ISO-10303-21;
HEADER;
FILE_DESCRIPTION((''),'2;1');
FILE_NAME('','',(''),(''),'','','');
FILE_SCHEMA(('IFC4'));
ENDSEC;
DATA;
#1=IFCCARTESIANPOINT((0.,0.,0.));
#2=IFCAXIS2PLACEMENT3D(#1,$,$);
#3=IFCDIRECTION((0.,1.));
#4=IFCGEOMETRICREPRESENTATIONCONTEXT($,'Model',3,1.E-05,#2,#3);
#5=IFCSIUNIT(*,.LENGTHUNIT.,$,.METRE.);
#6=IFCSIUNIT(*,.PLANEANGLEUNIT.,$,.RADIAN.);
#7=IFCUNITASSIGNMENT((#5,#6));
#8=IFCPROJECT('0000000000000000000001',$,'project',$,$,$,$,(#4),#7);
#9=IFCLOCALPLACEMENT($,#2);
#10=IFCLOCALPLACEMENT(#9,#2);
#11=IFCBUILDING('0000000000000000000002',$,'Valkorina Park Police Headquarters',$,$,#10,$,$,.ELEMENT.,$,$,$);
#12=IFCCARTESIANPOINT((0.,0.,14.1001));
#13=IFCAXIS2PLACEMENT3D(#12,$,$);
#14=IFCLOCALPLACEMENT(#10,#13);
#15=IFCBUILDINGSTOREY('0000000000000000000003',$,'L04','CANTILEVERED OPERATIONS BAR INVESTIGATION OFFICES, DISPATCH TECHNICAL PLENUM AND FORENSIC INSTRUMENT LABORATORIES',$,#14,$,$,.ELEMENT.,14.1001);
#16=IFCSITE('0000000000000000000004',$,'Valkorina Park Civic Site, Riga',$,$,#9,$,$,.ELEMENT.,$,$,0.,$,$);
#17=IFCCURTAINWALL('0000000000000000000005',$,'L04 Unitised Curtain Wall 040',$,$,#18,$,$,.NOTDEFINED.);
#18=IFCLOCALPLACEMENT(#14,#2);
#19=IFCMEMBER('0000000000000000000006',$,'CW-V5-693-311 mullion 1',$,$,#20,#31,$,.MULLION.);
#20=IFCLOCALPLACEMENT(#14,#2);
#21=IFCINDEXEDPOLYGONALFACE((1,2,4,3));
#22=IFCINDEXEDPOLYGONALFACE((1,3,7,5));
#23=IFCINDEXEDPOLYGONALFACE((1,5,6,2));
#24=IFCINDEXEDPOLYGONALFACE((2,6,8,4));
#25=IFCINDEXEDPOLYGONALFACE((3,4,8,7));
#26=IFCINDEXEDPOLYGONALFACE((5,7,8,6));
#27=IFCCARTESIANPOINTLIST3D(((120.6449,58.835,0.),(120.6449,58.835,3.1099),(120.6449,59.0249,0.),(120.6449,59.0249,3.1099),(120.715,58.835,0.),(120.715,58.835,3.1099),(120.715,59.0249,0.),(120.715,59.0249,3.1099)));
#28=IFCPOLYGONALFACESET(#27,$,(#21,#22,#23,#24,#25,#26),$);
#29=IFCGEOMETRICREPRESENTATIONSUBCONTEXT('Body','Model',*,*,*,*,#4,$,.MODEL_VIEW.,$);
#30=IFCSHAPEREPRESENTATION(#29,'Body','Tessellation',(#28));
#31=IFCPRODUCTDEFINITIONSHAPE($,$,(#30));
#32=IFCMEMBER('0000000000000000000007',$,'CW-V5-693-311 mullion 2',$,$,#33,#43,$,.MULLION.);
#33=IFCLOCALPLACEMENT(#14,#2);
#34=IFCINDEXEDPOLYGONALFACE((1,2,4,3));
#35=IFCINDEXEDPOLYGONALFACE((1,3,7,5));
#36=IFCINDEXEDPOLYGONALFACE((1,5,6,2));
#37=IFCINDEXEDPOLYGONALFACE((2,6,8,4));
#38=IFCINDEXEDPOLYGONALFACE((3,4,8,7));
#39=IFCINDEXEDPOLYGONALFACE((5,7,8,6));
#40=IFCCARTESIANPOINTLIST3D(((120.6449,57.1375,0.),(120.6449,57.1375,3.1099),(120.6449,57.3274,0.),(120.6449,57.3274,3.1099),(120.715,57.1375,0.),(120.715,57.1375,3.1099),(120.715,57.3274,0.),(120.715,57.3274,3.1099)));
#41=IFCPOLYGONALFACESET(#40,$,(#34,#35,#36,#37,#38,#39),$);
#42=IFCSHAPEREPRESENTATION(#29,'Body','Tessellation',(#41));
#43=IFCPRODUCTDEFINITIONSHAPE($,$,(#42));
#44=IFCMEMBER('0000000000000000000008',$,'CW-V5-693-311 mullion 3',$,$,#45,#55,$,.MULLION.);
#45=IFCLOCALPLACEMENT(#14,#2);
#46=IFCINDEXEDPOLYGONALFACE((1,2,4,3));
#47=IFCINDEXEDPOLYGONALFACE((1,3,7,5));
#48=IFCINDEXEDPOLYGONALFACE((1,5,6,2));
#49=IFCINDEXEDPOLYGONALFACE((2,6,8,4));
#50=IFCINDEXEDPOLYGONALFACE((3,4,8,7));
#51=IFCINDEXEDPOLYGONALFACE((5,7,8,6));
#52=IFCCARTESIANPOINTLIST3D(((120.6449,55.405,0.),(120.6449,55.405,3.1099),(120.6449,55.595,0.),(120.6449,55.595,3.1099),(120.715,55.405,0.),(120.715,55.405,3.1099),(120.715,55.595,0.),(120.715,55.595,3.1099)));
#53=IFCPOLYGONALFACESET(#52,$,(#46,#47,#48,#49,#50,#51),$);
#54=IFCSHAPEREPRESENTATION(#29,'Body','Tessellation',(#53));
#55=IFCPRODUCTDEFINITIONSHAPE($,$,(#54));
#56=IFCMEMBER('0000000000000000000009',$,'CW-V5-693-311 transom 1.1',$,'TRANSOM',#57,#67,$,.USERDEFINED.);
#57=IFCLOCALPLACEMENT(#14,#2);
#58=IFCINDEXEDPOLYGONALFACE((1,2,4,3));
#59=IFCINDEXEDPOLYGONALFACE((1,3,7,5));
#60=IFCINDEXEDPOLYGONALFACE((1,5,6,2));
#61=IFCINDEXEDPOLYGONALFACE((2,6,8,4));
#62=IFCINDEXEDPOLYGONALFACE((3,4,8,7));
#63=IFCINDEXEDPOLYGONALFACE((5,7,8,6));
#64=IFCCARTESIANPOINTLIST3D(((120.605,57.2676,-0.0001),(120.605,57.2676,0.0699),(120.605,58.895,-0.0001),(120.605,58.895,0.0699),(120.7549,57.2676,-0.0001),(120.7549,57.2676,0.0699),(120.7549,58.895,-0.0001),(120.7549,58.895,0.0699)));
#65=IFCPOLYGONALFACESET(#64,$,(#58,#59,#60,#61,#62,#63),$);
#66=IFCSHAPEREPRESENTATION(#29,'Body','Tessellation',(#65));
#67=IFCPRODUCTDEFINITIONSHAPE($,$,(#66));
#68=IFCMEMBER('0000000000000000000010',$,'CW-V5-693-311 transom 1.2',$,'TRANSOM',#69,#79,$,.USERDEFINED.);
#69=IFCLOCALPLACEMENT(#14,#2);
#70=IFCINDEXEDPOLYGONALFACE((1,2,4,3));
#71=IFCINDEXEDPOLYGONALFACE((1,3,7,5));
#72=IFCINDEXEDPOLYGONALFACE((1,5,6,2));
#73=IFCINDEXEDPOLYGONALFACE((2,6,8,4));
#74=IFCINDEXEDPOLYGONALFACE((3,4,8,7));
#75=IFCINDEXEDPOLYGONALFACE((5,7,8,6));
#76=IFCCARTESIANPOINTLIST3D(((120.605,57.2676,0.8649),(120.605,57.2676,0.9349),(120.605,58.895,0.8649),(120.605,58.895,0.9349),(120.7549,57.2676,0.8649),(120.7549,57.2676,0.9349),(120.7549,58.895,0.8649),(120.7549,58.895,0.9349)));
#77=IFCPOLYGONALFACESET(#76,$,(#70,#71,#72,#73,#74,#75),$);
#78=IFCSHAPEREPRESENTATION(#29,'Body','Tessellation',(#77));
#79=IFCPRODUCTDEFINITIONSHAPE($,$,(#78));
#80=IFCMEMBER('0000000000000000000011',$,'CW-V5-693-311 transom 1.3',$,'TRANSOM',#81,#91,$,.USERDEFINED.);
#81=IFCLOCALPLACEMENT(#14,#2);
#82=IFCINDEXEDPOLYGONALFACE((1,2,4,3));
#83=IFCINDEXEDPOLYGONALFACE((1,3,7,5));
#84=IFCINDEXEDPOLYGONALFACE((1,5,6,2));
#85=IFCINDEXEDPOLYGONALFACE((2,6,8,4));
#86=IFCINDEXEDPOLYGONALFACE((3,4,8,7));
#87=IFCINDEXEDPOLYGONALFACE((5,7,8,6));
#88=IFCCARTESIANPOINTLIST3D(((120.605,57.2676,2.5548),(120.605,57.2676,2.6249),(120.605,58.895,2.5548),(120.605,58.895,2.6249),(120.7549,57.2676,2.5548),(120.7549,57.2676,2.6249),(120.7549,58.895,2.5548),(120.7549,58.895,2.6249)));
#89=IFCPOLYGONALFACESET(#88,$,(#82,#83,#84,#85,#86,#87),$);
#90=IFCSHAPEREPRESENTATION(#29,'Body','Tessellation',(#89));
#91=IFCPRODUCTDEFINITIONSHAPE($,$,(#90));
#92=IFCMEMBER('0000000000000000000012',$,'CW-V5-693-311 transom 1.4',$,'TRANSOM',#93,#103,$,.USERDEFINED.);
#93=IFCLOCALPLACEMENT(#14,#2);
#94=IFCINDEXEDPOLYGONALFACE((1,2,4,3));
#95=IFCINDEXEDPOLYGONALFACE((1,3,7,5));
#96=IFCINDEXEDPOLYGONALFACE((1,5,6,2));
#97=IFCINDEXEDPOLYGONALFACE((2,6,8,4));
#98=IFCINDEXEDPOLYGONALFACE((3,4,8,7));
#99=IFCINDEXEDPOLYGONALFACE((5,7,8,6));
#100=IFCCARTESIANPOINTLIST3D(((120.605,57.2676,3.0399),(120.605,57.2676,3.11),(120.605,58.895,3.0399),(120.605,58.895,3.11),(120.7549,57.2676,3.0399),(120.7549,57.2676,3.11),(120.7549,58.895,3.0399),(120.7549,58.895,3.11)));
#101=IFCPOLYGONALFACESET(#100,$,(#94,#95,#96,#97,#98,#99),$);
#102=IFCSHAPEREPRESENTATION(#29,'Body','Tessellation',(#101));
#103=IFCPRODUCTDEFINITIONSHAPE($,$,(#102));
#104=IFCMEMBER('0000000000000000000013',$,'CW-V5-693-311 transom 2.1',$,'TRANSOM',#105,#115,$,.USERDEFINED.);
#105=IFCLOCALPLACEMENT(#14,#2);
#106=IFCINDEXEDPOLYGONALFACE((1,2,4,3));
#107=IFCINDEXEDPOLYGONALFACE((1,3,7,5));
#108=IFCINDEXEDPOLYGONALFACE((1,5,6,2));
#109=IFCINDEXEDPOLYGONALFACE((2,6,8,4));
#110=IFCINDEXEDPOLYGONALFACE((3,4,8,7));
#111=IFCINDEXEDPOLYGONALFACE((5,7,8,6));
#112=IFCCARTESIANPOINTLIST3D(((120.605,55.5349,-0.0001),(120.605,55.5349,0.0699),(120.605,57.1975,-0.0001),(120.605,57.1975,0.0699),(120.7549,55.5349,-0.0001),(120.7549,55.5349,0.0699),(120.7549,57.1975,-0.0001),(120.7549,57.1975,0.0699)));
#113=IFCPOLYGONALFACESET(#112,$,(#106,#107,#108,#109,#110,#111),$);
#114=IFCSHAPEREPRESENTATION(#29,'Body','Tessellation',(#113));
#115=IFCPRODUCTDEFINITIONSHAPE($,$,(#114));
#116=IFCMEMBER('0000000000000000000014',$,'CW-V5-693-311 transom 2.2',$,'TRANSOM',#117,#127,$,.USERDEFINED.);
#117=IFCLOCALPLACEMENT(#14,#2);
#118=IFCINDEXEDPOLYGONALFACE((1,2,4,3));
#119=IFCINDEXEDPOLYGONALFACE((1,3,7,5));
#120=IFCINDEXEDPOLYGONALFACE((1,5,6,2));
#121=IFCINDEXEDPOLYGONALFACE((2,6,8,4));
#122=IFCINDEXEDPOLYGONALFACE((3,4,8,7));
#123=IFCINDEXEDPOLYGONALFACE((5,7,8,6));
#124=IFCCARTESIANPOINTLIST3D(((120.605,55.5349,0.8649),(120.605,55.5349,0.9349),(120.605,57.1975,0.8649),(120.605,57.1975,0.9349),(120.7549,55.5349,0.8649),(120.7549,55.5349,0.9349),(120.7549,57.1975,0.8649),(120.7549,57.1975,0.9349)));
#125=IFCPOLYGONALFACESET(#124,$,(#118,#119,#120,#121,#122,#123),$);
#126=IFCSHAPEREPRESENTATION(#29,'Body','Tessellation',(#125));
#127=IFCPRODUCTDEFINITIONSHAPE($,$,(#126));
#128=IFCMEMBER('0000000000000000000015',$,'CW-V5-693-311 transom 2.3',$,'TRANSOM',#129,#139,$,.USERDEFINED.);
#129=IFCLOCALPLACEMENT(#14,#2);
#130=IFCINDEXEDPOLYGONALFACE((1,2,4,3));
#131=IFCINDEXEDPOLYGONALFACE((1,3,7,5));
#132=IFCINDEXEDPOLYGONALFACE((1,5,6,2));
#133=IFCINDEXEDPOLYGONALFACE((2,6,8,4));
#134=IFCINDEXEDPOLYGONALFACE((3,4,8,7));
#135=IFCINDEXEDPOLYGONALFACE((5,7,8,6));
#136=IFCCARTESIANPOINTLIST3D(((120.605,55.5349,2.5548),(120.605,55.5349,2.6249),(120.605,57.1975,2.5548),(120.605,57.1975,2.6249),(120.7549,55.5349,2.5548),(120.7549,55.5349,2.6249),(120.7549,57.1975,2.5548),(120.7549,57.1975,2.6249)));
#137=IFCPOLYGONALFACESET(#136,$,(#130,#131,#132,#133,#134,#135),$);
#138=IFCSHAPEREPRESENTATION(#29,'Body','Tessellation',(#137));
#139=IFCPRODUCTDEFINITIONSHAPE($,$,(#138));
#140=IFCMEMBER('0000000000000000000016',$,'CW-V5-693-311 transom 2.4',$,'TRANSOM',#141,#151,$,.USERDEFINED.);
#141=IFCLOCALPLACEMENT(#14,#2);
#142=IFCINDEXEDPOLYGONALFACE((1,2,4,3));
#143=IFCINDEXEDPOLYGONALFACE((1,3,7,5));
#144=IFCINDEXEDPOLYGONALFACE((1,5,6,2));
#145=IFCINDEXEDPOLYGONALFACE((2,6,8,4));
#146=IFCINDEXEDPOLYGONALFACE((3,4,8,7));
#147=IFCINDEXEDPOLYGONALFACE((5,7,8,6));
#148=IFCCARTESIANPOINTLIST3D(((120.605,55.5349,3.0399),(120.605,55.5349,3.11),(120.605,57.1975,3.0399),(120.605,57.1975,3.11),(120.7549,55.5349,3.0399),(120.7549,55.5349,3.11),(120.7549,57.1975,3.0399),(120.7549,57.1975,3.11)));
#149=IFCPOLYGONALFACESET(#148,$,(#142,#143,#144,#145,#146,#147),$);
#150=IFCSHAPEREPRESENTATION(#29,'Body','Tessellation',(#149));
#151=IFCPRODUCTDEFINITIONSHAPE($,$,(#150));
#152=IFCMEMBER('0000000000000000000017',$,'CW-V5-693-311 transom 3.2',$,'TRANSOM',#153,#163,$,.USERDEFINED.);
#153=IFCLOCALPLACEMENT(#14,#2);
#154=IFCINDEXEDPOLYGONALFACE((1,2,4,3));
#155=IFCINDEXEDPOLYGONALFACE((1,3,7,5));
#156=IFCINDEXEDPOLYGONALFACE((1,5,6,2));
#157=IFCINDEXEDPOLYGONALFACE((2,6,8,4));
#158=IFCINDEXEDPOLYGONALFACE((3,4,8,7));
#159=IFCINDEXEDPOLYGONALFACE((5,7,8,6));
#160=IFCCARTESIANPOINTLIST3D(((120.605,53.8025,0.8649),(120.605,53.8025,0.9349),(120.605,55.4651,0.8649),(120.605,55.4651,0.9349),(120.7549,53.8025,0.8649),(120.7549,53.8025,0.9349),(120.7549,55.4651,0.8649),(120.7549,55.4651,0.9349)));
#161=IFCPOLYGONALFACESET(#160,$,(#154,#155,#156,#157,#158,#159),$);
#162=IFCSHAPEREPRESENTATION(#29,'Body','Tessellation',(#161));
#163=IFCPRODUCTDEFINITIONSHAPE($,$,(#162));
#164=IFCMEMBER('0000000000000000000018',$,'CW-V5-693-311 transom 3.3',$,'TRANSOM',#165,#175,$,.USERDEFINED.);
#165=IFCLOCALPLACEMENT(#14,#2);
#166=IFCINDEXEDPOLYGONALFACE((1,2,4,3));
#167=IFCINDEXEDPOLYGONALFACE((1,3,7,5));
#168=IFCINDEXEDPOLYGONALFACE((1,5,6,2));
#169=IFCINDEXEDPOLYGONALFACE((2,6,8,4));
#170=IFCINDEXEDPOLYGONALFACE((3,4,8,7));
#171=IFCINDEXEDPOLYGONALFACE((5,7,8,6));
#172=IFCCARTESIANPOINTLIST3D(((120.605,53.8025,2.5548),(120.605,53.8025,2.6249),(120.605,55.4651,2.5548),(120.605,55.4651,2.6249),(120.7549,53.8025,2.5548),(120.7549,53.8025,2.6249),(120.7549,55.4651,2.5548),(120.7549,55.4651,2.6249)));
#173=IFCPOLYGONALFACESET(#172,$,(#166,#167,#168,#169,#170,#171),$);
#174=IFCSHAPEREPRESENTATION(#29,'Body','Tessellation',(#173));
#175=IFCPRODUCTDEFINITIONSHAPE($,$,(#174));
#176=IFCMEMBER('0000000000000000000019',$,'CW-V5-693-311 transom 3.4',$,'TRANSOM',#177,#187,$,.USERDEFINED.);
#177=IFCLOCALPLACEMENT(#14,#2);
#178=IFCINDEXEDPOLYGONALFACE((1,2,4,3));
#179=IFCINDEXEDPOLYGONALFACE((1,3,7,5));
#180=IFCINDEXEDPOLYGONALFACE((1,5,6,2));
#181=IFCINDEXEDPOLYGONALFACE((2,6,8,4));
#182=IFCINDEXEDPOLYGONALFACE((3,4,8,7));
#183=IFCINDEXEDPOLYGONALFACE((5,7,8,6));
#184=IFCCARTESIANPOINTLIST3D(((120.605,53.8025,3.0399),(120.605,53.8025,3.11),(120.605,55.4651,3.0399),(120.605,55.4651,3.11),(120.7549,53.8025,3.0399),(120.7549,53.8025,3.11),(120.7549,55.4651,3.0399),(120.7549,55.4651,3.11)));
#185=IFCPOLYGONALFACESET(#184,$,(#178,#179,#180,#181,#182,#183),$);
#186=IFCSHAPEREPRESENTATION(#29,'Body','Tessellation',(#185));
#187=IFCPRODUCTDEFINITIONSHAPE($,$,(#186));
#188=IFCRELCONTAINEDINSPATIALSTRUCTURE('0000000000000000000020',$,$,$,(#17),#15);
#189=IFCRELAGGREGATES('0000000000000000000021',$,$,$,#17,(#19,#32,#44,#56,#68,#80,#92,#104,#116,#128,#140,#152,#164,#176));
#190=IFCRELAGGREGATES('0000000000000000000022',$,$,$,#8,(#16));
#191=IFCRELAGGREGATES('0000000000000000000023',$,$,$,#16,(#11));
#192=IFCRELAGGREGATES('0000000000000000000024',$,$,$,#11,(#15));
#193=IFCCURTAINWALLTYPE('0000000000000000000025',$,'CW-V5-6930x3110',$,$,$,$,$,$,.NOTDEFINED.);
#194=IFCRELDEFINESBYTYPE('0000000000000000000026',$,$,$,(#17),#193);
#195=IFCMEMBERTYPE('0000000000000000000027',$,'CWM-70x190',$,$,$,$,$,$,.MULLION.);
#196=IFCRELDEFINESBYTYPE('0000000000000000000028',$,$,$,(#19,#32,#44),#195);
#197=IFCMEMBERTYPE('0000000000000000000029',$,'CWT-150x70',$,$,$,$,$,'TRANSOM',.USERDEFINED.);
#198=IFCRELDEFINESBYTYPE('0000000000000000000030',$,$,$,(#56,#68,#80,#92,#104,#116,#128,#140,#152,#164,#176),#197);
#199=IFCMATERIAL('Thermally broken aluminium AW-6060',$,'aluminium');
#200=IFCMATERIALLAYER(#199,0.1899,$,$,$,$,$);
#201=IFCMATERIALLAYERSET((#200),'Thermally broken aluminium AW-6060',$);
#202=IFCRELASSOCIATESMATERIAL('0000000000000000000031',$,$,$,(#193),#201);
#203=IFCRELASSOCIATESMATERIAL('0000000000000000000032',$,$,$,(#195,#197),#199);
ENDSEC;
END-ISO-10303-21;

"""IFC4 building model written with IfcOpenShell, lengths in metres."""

from ifc_helpers import new_model, si_unit, direction, frame, origin, origin_2d, place, context, subcontext, project, spatial, rectangle, extrude, material, layer, layer_set, material_profile, profile_set, type_object, element, aggregate, save


model = new_model("IFC4")

# Units and contexts
model_context = context("Model", 3, precision=1e-05, world=origin(), true_north=direction((0.0, 1.0)))
body_context = subcontext(model_context, "Body", "Model", "MODEL_VIEW")
ifc_project = project(units=[si_unit("LENGTHUNIT", "METRE"), si_unit("PLANEANGLEUNIT", "RADIAN")], contexts=[model_context])

# Site, building, storey
site_placement = place(None, origin())
site = spatial("IfcSite", under=ifc_project, at=site_placement, Name="Valkorina Park Civic Site, Riga", CompositionType="ELEMENT", RefElevation=0.0)
building_placement = place(site_placement, origin())
building = spatial("IfcBuilding", under=site, at=building_placement, Name="Valkorina Park Police Headquarters", CompositionType="ELEMENT")
storey_placement = place(building_placement, frame((0.0, 0.0, 14.1001)))
storey = spatial("IfcBuildingStorey", under=building, at=storey_placement, Name="L04", Description="CANTILEVERED OPERATIONS BAR INVESTIGATION OFFICES, DISPATCH TECHNICAL PLENUM AND FORENSIC INSTRUMENT LABORATORIES", CompositionType="ELEMENT", Elevation=14.1001)

# Curtain wall, members
ifc_material_1 = material(Name="Thermally broken aluminium AW-6060", Category="aluminium")
ifc_layer_1 = layer(ifc_material_1, 0.1899)
ifc_layer_set_1 = layer_set([ifc_layer_1], Name="Thermally broken aluminium AW-6060")
curtain_wall_type = type_object("IfcCurtainWallType", Name="CW-V5-6930x3110", PredefinedType="NOTDEFINED", material=ifc_layer_set_1)
curtain_wall_placement = place(storey_placement, origin())
curtain_wall = element("IfcCurtainWall", 1, at=curtain_wall_placement, inside=storey, type_object=curtain_wall_type, Name="L04 Unitised Curtain Wall 040", PredefinedType="NOTDEFINED")
ifc_material_profile_1 = material_profile(ifc_material_1, rectangle(XDim=0.0701, YDim=0.1899, at=origin_2d()), Name="CWM-02 70x190")
ifc_profile_set_1 = profile_set([ifc_material_profile_1], Name="Thermally broken aluminium AW-6060")
member_type_1 = type_object("IfcMemberType", Name="CWM-70x190", PredefinedType="MULLION", material=ifc_profile_set_1)
member_1_placement = place(storey_placement, frame((120.6799, 58.9299, 0.0), z_axis=(0.0, 0.0, 1.0), x_axis=(1.0, 0.0, 0.0)))
member_1 = element("IfcMember", 2, at=member_1_placement, type_object=member_type_1, Name="CW-V5-693-311 mullion 1", PredefinedType="MULLION", context=body_context, shape_type="SweptSolid", body=[
    extrude(rectangle(XDim=0.0701, YDim=0.1899, at=origin_2d()), origin(), (0.0, 0.0, 1.0), 3.1099),
])
member_2_placement = place(storey_placement, frame((120.6799, 57.2324, 0.0), z_axis=(0.0, 0.0, 1.0), x_axis=(1.0, 0.0, 0.0)))
member_2 = element("IfcMember", 3, at=member_2_placement, type_object=member_type_1, Name="CW-V5-693-311 mullion 2", PredefinedType="MULLION", context=body_context, shape_type="SweptSolid", body=[
    extrude(rectangle(XDim=0.0701, YDim=0.1899, at=origin_2d()), origin(), (0.0, 0.0, 1.0), 3.1099),
])
member_3_placement = place(storey_placement, frame((120.6799, 55.5, 0.0), z_axis=(0.0, 0.0, 1.0), x_axis=(1.0, 0.0, 0.0)))
member_3 = element("IfcMember", 4, at=member_3_placement, type_object=member_type_1, Name="CW-V5-693-311 mullion 3", PredefinedType="MULLION", context=body_context, shape_type="SweptSolid", body=[
    extrude(rectangle(XDim=0.0701, YDim=0.1899, at=origin_2d()), origin(), (0.0, 0.0, 1.0), 3.1099),
])
ifc_material_profile_2 = material_profile(ifc_material_1, rectangle(XDim=0.1499, YDim=0.0701, at=origin_2d()), Name="CWT-02 150x70")
ifc_profile_set_2 = profile_set([ifc_material_profile_2], Name="Thermally broken aluminium AW-6060")
member_type_2 = type_object("IfcMemberType", Name="CWT-150x70", ElementType="TRANSOM", PredefinedType="USERDEFINED", material=ifc_profile_set_2)
member_4_placement = place(storey_placement, frame((120.6799, 58.895, 0.0349), z_axis=(0.0, -1.0, 0.0), x_axis=(1.0, 0.0, 0.0)))
member_4 = element("IfcMember", 5, at=member_4_placement, type_object=member_type_2, Name="CW-V5-693-311 transom 1.1", ObjectType="TRANSOM", PredefinedType="USERDEFINED", context=body_context, shape_type="SweptSolid", body=[
    extrude(rectangle(XDim=0.1499, YDim=0.0701, at=origin_2d()), origin(), (0.0, 0.0, 1.0), 1.6274),
])
member_5_placement = place(storey_placement, frame((120.6799, 58.895, 0.8999), z_axis=(0.0, -1.0, 0.0), x_axis=(1.0, 0.0, 0.0)))
member_5 = element("IfcMember", 6, at=member_5_placement, type_object=member_type_2, Name="CW-V5-693-311 transom 1.2", ObjectType="TRANSOM", PredefinedType="USERDEFINED", context=body_context, shape_type="SweptSolid", body=[
    extrude(rectangle(XDim=0.1499, YDim=0.0701, at=origin_2d()), origin(), (0.0, 0.0, 1.0), 1.6274),
])
member_6_placement = place(storey_placement, frame((120.6799, 58.895, 2.5898), z_axis=(0.0, -1.0, 0.0), x_axis=(1.0, 0.0, 0.0)))
member_6 = element("IfcMember", 7, at=member_6_placement, type_object=member_type_2, Name="CW-V5-693-311 transom 1.3", ObjectType="TRANSOM", PredefinedType="USERDEFINED", context=body_context, shape_type="SweptSolid", body=[
    extrude(rectangle(XDim=0.1499, YDim=0.0701, at=origin_2d()), origin(), (0.0, 0.0, 1.0), 1.6274),
])
member_7_placement = place(storey_placement, frame((120.6799, 58.895, 3.075), z_axis=(0.0, -1.0, 0.0), x_axis=(1.0, 0.0, 0.0)))
member_7 = element("IfcMember", 8, at=member_7_placement, type_object=member_type_2, Name="CW-V5-693-311 transom 1.4", ObjectType="TRANSOM", PredefinedType="USERDEFINED", context=body_context, shape_type="SweptSolid", body=[
    extrude(rectangle(XDim=0.1499, YDim=0.0701, at=origin_2d()), origin(), (0.0, 0.0, 1.0), 1.6274),
])
member_8_placement = place(storey_placement, frame((120.6799, 57.1975, 0.0349), z_axis=(0.0, -1.0, 0.0), x_axis=(1.0, 0.0, 0.0)))
member_8 = element("IfcMember", 9, at=member_8_placement, type_object=member_type_2, Name="CW-V5-693-311 transom 2.1", ObjectType="TRANSOM", PredefinedType="USERDEFINED", context=body_context, shape_type="SweptSolid", body=[
    extrude(rectangle(XDim=0.1499, YDim=0.0701, at=origin_2d()), origin(), (0.0, 0.0, 1.0), 1.6626),
])
member_9_placement = place(storey_placement, frame((120.6799, 57.1975, 0.8999), z_axis=(0.0, -1.0, 0.0), x_axis=(1.0, 0.0, 0.0)))
member_9 = element("IfcMember", 10, at=member_9_placement, type_object=member_type_2, Name="CW-V5-693-311 transom 2.2", ObjectType="TRANSOM", PredefinedType="USERDEFINED", context=body_context, shape_type="SweptSolid", body=[
    extrude(rectangle(XDim=0.1499, YDim=0.0701, at=origin_2d()), origin(), (0.0, 0.0, 1.0), 1.6626),
])
member_10_placement = place(storey_placement, frame((120.6799, 57.1975, 2.5898), z_axis=(0.0, -1.0, 0.0), x_axis=(1.0, 0.0, 0.0)))
member_10 = element("IfcMember", 11, at=member_10_placement, type_object=member_type_2, Name="CW-V5-693-311 transom 2.3", ObjectType="TRANSOM", PredefinedType="USERDEFINED", context=body_context, shape_type="SweptSolid", body=[
    extrude(rectangle(XDim=0.1499, YDim=0.0701, at=origin_2d()), origin(), (0.0, 0.0, 1.0), 1.6626),
])
member_11_placement = place(storey_placement, frame((120.6799, 57.1975, 3.075), z_axis=(0.0, -1.0, 0.0), x_axis=(1.0, 0.0, 0.0)))
member_11 = element("IfcMember", 12, at=member_11_placement, type_object=member_type_2, Name="CW-V5-693-311 transom 2.4", ObjectType="TRANSOM", PredefinedType="USERDEFINED", context=body_context, shape_type="SweptSolid", body=[
    extrude(rectangle(XDim=0.1499, YDim=0.0701, at=origin_2d()), origin(), (0.0, 0.0, 1.0), 1.6626),
])
member_12_placement = place(storey_placement, frame((120.6799, 55.4651, 0.8999), z_axis=(0.0, -1.0, 0.0), x_axis=(1.0, 0.0, 0.0)))
member_12 = element("IfcMember", 13, at=member_12_placement, type_object=member_type_2, Name="CW-V5-693-311 transom 3.2", ObjectType="TRANSOM", PredefinedType="USERDEFINED", context=body_context, shape_type="SweptSolid", body=[
    extrude(rectangle(XDim=0.1499, YDim=0.0701, at=origin_2d()), origin(), (0.0, 0.0, 1.0), 1.6626),
])
member_13_placement = place(storey_placement, frame((120.6799, 55.4651, 2.5898), z_axis=(0.0, -1.0, 0.0), x_axis=(1.0, 0.0, 0.0)))
member_13 = element("IfcMember", 14, at=member_13_placement, type_object=member_type_2, Name="CW-V5-693-311 transom 3.3", ObjectType="TRANSOM", PredefinedType="USERDEFINED", context=body_context, shape_type="SweptSolid", body=[
    extrude(rectangle(XDim=0.1499, YDim=0.0701, at=origin_2d()), origin(), (0.0, 0.0, 1.0), 1.6626),
])
member_14_placement = place(storey_placement, frame((120.6799, 55.4651, 3.075), z_axis=(0.0, -1.0, 0.0), x_axis=(1.0, 0.0, 0.0)))
member_14 = element("IfcMember", 15, at=member_14_placement, type_object=member_type_2, Name="CW-V5-693-311 transom 3.4", ObjectType="TRANSOM", PredefinedType="USERDEFINED", context=body_context, shape_type="SweptSolid", body=[
    extrude(rectangle(XDim=0.1499, YDim=0.0701, at=origin_2d()), origin(), (0.0, 0.0, 1.0), 1.6626),
])
aggregate(curtain_wall, [member_1, member_2, member_3, member_4, member_5, member_6, member_7, member_8, member_9, member_10, member_11, member_12, member_13, member_14])

save(model, "model.ifc")
